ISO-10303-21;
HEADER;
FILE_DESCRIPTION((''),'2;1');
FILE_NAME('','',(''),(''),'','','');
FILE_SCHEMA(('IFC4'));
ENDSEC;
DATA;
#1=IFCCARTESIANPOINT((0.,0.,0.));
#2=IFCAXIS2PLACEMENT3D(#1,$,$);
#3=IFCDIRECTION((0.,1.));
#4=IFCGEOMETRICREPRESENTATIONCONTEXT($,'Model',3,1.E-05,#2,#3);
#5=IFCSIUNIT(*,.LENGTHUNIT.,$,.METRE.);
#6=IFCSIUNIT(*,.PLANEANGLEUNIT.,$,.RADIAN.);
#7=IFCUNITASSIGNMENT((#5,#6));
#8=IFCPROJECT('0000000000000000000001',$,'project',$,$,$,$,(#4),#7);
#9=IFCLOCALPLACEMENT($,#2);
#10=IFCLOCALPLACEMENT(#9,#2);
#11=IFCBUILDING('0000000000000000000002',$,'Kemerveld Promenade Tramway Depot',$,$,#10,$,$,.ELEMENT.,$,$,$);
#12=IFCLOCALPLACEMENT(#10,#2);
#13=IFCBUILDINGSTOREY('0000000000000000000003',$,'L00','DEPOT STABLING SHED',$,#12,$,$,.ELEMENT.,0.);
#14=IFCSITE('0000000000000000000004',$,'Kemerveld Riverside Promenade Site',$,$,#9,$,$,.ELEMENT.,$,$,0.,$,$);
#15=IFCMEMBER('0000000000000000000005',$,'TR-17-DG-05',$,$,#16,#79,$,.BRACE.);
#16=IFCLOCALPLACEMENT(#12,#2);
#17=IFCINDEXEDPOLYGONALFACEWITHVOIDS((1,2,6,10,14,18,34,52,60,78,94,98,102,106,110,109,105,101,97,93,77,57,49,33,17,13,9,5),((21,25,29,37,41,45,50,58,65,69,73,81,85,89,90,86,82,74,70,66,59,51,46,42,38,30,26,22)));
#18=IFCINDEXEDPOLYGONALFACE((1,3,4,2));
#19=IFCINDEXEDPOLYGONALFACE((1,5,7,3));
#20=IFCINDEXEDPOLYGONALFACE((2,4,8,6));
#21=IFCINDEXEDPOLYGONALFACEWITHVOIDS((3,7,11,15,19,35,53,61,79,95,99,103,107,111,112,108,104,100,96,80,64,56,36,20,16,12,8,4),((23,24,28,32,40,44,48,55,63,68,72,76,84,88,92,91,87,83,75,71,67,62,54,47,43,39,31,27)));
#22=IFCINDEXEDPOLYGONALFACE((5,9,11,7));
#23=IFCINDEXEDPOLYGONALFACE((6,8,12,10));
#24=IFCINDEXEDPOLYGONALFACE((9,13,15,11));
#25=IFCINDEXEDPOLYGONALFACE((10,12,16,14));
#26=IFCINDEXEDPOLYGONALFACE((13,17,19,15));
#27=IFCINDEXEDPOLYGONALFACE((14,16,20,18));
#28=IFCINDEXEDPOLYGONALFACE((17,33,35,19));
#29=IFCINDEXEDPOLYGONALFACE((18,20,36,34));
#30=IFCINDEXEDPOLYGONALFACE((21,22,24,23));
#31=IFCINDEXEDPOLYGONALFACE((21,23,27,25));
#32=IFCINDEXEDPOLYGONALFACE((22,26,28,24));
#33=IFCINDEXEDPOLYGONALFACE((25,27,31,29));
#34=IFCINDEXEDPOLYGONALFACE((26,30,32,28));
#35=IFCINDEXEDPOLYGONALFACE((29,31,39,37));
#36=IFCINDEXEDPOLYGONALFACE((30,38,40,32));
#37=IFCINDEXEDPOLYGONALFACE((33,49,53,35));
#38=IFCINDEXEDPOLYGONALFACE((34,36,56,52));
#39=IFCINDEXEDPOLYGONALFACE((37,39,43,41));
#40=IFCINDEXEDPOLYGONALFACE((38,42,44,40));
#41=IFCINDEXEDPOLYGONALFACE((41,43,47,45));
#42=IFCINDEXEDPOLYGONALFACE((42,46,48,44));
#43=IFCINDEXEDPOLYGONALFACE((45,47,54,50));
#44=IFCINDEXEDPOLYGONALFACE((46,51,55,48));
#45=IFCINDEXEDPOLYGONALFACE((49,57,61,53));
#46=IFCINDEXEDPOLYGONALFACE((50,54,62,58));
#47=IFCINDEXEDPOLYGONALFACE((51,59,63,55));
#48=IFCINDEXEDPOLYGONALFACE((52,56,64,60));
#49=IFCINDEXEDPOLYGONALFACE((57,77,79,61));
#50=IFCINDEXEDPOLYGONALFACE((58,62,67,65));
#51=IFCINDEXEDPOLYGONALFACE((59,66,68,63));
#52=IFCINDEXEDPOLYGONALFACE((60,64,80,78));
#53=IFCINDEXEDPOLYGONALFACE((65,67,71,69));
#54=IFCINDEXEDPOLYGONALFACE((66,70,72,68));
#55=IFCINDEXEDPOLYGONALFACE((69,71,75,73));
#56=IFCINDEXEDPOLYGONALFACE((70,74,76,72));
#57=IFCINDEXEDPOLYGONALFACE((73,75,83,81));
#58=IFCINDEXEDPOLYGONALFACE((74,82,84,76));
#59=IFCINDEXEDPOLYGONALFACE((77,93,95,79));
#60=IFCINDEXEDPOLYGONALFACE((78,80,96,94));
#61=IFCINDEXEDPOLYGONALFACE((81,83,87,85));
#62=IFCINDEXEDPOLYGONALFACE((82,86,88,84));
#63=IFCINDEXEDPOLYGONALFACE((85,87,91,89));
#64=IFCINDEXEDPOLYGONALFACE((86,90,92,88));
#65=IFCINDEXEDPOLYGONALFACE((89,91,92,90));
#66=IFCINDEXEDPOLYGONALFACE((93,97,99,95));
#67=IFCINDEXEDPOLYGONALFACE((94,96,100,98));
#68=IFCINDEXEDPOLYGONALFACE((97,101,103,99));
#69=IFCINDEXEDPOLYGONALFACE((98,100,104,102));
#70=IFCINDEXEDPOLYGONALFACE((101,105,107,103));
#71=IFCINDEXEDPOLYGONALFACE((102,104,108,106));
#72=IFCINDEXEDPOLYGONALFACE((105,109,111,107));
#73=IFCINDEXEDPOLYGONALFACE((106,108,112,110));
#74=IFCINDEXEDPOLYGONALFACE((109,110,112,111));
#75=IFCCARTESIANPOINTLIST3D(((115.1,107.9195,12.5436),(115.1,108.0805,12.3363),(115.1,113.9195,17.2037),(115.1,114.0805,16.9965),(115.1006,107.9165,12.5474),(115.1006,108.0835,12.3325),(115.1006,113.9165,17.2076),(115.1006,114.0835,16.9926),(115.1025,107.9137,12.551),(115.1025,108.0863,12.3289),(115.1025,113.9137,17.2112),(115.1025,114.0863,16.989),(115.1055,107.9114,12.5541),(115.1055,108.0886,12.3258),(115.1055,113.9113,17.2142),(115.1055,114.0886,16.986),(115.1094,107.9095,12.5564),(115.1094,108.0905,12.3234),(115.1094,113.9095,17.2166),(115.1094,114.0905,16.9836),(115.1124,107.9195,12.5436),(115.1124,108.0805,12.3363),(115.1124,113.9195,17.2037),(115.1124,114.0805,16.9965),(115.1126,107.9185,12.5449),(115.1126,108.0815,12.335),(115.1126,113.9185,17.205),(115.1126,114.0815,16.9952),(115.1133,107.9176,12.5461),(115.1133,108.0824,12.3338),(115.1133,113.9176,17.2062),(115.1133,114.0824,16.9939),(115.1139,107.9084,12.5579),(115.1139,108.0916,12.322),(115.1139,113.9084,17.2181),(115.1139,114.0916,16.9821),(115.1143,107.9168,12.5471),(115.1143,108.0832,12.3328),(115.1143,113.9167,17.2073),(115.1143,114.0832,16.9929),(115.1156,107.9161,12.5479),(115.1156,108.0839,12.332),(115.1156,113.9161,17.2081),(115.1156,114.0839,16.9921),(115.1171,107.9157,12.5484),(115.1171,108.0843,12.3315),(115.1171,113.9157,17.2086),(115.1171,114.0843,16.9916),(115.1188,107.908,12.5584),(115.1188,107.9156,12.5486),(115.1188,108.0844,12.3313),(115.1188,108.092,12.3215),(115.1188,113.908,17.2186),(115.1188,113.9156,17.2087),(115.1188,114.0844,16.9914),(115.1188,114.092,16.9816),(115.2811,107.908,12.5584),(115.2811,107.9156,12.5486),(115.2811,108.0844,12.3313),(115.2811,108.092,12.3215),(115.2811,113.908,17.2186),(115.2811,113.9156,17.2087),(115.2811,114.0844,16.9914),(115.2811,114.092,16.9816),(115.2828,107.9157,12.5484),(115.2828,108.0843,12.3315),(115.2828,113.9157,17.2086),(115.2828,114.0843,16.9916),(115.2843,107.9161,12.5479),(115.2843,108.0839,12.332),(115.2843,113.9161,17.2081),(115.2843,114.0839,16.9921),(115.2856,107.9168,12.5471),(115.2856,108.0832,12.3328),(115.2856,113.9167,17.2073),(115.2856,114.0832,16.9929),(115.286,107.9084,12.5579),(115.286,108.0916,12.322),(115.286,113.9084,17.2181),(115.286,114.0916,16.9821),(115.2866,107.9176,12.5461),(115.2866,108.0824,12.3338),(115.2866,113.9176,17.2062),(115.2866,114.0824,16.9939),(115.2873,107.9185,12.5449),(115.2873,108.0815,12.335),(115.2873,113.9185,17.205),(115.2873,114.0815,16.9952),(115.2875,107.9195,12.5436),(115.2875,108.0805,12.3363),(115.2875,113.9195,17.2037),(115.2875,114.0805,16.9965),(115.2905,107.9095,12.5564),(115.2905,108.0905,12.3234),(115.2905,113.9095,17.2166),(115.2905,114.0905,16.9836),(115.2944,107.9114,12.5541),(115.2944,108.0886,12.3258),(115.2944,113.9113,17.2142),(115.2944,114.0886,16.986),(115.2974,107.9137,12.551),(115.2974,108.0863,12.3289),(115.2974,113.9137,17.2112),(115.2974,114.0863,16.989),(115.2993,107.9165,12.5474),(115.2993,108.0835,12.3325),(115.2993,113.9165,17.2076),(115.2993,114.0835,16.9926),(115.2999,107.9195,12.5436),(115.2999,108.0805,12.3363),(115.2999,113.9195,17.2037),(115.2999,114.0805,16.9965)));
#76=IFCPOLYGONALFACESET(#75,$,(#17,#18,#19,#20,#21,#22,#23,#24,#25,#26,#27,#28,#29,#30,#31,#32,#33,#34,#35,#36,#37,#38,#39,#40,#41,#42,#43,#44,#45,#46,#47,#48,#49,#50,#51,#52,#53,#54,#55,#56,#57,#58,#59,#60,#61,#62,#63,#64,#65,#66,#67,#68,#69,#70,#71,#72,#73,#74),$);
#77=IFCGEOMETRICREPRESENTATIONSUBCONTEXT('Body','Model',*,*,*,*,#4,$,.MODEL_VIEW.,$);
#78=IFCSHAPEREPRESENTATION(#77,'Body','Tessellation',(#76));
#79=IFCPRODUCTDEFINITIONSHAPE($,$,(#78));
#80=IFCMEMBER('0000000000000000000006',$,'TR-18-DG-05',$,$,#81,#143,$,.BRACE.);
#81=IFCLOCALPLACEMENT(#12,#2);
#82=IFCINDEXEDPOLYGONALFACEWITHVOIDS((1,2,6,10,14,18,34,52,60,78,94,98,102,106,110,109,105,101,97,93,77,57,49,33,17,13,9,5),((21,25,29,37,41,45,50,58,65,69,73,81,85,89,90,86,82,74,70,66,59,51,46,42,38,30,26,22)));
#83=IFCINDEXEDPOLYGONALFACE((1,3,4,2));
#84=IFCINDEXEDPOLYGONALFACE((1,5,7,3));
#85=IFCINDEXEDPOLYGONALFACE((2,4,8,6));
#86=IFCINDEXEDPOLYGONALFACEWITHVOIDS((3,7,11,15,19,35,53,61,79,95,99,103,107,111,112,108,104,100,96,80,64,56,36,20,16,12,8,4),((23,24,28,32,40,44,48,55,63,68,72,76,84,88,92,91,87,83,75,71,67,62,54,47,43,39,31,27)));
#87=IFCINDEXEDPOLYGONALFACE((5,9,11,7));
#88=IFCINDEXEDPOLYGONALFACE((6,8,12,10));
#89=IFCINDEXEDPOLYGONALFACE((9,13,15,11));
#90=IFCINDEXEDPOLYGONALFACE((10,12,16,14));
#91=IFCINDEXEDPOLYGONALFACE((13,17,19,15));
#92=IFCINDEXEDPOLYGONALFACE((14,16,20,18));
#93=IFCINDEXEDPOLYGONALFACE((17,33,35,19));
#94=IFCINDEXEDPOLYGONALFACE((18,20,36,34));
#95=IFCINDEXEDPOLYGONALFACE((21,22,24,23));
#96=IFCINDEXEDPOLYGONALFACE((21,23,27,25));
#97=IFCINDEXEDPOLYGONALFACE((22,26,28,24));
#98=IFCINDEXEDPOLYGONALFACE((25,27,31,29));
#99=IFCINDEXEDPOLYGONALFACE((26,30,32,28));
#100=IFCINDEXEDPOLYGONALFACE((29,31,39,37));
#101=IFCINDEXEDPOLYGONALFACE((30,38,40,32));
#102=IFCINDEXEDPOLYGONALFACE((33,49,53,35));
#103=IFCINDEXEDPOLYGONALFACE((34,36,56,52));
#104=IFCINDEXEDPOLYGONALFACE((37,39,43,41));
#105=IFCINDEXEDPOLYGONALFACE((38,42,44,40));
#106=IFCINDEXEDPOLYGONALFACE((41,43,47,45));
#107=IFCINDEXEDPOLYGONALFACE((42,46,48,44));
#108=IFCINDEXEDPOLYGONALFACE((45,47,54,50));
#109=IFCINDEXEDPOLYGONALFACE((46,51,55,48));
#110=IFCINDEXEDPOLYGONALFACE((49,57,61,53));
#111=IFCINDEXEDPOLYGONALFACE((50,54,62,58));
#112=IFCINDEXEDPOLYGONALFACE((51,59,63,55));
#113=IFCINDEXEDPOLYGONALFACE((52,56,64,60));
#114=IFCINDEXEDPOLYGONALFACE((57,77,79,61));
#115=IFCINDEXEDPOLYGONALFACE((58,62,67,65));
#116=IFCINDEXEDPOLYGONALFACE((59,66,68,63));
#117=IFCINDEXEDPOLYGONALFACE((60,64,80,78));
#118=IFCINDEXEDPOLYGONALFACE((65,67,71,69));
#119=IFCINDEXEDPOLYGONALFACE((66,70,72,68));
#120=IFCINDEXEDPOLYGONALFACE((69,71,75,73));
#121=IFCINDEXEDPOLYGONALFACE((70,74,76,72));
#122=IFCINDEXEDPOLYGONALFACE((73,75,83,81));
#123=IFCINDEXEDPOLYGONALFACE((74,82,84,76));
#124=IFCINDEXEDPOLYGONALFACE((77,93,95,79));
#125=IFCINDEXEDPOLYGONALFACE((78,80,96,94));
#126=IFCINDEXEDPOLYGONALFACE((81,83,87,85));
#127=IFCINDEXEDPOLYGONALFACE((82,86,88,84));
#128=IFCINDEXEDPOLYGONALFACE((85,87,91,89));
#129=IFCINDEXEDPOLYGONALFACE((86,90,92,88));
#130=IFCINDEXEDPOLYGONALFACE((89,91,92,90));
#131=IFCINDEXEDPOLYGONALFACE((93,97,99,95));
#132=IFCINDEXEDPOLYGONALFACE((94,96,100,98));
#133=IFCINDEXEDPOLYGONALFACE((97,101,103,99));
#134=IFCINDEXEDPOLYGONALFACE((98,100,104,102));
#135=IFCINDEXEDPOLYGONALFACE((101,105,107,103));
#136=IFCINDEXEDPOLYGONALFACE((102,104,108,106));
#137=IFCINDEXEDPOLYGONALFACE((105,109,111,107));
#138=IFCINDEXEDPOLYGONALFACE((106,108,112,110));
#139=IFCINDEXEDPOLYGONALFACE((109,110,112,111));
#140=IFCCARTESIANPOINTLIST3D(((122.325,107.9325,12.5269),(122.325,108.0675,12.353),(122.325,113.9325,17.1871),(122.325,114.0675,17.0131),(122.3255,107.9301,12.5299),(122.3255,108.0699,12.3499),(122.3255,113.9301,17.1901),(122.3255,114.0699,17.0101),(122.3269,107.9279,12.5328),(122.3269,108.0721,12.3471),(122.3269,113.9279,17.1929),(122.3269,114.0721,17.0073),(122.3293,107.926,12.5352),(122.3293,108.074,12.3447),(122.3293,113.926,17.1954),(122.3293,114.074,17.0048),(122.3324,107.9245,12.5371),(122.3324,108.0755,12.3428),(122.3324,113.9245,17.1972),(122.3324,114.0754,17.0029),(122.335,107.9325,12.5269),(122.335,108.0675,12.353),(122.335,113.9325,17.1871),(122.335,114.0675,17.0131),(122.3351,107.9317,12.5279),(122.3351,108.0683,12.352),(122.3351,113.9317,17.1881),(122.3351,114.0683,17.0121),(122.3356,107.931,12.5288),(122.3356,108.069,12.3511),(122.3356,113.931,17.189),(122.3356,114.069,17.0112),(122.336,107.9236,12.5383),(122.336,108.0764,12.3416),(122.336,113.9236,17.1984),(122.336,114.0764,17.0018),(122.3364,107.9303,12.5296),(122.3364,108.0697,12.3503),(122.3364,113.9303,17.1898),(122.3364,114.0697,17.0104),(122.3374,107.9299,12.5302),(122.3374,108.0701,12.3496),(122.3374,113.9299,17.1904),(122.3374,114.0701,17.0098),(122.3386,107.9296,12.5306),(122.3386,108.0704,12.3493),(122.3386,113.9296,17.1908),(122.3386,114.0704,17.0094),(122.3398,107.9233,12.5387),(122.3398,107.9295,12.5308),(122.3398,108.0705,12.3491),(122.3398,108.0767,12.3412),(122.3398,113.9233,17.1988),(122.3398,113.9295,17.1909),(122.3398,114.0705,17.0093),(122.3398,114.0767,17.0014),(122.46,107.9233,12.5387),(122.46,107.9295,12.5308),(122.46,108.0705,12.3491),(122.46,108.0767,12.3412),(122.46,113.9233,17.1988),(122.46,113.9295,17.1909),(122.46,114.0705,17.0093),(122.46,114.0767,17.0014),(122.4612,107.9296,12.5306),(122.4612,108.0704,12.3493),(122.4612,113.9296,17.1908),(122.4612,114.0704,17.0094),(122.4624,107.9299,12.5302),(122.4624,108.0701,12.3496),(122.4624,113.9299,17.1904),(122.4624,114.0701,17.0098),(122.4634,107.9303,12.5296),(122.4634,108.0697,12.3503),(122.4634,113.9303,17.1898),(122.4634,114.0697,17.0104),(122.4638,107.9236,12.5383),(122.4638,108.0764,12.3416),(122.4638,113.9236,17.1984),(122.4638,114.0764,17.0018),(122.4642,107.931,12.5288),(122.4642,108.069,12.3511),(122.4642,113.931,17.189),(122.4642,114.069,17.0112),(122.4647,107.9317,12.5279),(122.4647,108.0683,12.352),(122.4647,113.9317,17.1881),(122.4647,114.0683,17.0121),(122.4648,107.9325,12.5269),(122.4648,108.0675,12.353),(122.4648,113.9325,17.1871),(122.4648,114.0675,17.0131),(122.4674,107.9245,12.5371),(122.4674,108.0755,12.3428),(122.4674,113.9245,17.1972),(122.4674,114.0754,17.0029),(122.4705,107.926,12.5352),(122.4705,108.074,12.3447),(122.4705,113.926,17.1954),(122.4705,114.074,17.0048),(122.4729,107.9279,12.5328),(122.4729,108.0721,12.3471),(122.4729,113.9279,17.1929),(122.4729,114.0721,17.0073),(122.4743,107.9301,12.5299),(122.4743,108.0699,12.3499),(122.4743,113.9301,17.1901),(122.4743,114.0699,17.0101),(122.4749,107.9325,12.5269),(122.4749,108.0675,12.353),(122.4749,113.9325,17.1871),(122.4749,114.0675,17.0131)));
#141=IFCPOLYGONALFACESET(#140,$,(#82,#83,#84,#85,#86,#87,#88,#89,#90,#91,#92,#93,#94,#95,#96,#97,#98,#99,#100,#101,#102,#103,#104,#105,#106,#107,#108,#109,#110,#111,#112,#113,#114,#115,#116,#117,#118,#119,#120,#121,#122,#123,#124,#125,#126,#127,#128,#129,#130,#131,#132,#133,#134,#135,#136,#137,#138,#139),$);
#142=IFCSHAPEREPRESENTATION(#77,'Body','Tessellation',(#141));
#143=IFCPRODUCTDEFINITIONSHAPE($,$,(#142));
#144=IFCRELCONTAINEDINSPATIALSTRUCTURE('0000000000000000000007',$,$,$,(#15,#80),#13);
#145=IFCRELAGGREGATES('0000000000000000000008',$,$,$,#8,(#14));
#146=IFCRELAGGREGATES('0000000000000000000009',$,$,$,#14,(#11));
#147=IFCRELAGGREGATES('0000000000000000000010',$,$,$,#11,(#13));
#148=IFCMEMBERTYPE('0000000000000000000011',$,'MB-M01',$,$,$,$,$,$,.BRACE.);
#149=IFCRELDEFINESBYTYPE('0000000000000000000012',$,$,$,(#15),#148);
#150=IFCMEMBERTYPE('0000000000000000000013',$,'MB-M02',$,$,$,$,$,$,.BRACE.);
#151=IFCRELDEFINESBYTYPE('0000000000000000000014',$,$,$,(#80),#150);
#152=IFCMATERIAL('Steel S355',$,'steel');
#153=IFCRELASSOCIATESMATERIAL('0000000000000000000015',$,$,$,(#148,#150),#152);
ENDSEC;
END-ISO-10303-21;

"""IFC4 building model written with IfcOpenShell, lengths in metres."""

from ifc_helpers import new_model, si_unit, direction, frame, origin, origin_2d, place, context, subcontext, project, spatial, hollow_rectangle, extrude, material, material_profile, profile_set, type_object, element, save


model = new_model("IFC4")

# Units and contexts
model_context = context("Model", 3, precision=1e-05, world=origin(), true_north=direction((0.0, 1.0)))
body_context = subcontext(model_context, "Body", "Model", "MODEL_VIEW")
ifc_project = project(units=[si_unit("LENGTHUNIT", "METRE"), si_unit("PLANEANGLEUNIT", "RADIAN")], contexts=[model_context])

# Site, building, storey
site_placement = place(None, origin())
site = spatial("IfcSite", under=ifc_project, at=site_placement, Name="Kemerveld Riverside Promenade Site", CompositionType="ELEMENT", RefElevation=0.0)
building_placement = place(site_placement, origin())
building = spatial("IfcBuilding", under=site, at=building_placement, Name="Kemerveld Promenade Tramway Depot", CompositionType="ELEMENT")
storey_placement = place(building_placement, origin())
storey = spatial("IfcBuildingStorey", under=building, at=storey_placement, Name="L00", Description="DEPOT STABLING SHED", CompositionType="ELEMENT", Elevation=0.0)

# Members
ifc_material_1 = material(Name="Steel S355", Category="steel")
ifc_material_profile_1 = material_profile(ifc_material_1, hollow_rectangle(XDim=0.2, YDim=0.3, WallThickness=0.0125, InnerFilletRadius=0.0063, OuterFilletRadius=0.0188, at=origin_2d()), Name="300x200x12.5 RHS")
ifc_profile_set_1 = profile_set([ifc_material_profile_1], Name="Steel S355")
member_type_1 = type_object("IfcMemberType", Name="MB-M01", PredefinedType="BRACE", material=ifc_profile_set_1)
member_1_placement = place(storey_placement, frame((115.2, 108.0, 12.4399), z_axis=(0.0, 0.789767, 0.613407), x_axis=(-1.0, 0.0, 0.0)))
element("IfcMember", 1, at=member_1_placement, inside=storey, type_object=member_type_1, Name="TR-17-DG-05", PredefinedType="BRACE", context=body_context, shape_type="SweptSolid", body=[
    extrude(hollow_rectangle(XDim=0.2, YDim=0.3, WallThickness=0.0125, InnerFilletRadius=0.0063, OuterFilletRadius=0.0188, at=origin_2d()), origin(), (0.0, 0.0, 1.0), 7.5972),
])
ifc_material_profile_2 = material_profile(ifc_material_1, hollow_rectangle(XDim=0.1499, YDim=0.25, WallThickness=0.01, InnerFilletRadius=0.0049, OuterFilletRadius=0.0149, at=origin_2d()), Name="250x150x10.0 RHS")
ifc_profile_set_2 = profile_set([ifc_material_profile_2], Name="Steel S355")
member_type_2 = type_object("IfcMemberType", Name="MB-M02", PredefinedType="BRACE", material=ifc_profile_set_2)
member_2_placement = place(storey_placement, frame((122.3999, 108.0, 12.4399), z_axis=(0.0, 0.789767, 0.613407), x_axis=(-1.0, 0.0, 0.0)))
element("IfcMember", 2, at=member_2_placement, inside=storey, type_object=member_type_2, Name="TR-18-DG-05", PredefinedType="BRACE", context=body_context, shape_type="SweptSolid", body=[
    extrude(hollow_rectangle(XDim=0.1499, YDim=0.25, WallThickness=0.01, InnerFilletRadius=0.0049, OuterFilletRadius=0.0149, at=origin_2d()), origin(), (0.0, 0.0, 1.0), 7.5972),
])

save(model, "model.ifc")
